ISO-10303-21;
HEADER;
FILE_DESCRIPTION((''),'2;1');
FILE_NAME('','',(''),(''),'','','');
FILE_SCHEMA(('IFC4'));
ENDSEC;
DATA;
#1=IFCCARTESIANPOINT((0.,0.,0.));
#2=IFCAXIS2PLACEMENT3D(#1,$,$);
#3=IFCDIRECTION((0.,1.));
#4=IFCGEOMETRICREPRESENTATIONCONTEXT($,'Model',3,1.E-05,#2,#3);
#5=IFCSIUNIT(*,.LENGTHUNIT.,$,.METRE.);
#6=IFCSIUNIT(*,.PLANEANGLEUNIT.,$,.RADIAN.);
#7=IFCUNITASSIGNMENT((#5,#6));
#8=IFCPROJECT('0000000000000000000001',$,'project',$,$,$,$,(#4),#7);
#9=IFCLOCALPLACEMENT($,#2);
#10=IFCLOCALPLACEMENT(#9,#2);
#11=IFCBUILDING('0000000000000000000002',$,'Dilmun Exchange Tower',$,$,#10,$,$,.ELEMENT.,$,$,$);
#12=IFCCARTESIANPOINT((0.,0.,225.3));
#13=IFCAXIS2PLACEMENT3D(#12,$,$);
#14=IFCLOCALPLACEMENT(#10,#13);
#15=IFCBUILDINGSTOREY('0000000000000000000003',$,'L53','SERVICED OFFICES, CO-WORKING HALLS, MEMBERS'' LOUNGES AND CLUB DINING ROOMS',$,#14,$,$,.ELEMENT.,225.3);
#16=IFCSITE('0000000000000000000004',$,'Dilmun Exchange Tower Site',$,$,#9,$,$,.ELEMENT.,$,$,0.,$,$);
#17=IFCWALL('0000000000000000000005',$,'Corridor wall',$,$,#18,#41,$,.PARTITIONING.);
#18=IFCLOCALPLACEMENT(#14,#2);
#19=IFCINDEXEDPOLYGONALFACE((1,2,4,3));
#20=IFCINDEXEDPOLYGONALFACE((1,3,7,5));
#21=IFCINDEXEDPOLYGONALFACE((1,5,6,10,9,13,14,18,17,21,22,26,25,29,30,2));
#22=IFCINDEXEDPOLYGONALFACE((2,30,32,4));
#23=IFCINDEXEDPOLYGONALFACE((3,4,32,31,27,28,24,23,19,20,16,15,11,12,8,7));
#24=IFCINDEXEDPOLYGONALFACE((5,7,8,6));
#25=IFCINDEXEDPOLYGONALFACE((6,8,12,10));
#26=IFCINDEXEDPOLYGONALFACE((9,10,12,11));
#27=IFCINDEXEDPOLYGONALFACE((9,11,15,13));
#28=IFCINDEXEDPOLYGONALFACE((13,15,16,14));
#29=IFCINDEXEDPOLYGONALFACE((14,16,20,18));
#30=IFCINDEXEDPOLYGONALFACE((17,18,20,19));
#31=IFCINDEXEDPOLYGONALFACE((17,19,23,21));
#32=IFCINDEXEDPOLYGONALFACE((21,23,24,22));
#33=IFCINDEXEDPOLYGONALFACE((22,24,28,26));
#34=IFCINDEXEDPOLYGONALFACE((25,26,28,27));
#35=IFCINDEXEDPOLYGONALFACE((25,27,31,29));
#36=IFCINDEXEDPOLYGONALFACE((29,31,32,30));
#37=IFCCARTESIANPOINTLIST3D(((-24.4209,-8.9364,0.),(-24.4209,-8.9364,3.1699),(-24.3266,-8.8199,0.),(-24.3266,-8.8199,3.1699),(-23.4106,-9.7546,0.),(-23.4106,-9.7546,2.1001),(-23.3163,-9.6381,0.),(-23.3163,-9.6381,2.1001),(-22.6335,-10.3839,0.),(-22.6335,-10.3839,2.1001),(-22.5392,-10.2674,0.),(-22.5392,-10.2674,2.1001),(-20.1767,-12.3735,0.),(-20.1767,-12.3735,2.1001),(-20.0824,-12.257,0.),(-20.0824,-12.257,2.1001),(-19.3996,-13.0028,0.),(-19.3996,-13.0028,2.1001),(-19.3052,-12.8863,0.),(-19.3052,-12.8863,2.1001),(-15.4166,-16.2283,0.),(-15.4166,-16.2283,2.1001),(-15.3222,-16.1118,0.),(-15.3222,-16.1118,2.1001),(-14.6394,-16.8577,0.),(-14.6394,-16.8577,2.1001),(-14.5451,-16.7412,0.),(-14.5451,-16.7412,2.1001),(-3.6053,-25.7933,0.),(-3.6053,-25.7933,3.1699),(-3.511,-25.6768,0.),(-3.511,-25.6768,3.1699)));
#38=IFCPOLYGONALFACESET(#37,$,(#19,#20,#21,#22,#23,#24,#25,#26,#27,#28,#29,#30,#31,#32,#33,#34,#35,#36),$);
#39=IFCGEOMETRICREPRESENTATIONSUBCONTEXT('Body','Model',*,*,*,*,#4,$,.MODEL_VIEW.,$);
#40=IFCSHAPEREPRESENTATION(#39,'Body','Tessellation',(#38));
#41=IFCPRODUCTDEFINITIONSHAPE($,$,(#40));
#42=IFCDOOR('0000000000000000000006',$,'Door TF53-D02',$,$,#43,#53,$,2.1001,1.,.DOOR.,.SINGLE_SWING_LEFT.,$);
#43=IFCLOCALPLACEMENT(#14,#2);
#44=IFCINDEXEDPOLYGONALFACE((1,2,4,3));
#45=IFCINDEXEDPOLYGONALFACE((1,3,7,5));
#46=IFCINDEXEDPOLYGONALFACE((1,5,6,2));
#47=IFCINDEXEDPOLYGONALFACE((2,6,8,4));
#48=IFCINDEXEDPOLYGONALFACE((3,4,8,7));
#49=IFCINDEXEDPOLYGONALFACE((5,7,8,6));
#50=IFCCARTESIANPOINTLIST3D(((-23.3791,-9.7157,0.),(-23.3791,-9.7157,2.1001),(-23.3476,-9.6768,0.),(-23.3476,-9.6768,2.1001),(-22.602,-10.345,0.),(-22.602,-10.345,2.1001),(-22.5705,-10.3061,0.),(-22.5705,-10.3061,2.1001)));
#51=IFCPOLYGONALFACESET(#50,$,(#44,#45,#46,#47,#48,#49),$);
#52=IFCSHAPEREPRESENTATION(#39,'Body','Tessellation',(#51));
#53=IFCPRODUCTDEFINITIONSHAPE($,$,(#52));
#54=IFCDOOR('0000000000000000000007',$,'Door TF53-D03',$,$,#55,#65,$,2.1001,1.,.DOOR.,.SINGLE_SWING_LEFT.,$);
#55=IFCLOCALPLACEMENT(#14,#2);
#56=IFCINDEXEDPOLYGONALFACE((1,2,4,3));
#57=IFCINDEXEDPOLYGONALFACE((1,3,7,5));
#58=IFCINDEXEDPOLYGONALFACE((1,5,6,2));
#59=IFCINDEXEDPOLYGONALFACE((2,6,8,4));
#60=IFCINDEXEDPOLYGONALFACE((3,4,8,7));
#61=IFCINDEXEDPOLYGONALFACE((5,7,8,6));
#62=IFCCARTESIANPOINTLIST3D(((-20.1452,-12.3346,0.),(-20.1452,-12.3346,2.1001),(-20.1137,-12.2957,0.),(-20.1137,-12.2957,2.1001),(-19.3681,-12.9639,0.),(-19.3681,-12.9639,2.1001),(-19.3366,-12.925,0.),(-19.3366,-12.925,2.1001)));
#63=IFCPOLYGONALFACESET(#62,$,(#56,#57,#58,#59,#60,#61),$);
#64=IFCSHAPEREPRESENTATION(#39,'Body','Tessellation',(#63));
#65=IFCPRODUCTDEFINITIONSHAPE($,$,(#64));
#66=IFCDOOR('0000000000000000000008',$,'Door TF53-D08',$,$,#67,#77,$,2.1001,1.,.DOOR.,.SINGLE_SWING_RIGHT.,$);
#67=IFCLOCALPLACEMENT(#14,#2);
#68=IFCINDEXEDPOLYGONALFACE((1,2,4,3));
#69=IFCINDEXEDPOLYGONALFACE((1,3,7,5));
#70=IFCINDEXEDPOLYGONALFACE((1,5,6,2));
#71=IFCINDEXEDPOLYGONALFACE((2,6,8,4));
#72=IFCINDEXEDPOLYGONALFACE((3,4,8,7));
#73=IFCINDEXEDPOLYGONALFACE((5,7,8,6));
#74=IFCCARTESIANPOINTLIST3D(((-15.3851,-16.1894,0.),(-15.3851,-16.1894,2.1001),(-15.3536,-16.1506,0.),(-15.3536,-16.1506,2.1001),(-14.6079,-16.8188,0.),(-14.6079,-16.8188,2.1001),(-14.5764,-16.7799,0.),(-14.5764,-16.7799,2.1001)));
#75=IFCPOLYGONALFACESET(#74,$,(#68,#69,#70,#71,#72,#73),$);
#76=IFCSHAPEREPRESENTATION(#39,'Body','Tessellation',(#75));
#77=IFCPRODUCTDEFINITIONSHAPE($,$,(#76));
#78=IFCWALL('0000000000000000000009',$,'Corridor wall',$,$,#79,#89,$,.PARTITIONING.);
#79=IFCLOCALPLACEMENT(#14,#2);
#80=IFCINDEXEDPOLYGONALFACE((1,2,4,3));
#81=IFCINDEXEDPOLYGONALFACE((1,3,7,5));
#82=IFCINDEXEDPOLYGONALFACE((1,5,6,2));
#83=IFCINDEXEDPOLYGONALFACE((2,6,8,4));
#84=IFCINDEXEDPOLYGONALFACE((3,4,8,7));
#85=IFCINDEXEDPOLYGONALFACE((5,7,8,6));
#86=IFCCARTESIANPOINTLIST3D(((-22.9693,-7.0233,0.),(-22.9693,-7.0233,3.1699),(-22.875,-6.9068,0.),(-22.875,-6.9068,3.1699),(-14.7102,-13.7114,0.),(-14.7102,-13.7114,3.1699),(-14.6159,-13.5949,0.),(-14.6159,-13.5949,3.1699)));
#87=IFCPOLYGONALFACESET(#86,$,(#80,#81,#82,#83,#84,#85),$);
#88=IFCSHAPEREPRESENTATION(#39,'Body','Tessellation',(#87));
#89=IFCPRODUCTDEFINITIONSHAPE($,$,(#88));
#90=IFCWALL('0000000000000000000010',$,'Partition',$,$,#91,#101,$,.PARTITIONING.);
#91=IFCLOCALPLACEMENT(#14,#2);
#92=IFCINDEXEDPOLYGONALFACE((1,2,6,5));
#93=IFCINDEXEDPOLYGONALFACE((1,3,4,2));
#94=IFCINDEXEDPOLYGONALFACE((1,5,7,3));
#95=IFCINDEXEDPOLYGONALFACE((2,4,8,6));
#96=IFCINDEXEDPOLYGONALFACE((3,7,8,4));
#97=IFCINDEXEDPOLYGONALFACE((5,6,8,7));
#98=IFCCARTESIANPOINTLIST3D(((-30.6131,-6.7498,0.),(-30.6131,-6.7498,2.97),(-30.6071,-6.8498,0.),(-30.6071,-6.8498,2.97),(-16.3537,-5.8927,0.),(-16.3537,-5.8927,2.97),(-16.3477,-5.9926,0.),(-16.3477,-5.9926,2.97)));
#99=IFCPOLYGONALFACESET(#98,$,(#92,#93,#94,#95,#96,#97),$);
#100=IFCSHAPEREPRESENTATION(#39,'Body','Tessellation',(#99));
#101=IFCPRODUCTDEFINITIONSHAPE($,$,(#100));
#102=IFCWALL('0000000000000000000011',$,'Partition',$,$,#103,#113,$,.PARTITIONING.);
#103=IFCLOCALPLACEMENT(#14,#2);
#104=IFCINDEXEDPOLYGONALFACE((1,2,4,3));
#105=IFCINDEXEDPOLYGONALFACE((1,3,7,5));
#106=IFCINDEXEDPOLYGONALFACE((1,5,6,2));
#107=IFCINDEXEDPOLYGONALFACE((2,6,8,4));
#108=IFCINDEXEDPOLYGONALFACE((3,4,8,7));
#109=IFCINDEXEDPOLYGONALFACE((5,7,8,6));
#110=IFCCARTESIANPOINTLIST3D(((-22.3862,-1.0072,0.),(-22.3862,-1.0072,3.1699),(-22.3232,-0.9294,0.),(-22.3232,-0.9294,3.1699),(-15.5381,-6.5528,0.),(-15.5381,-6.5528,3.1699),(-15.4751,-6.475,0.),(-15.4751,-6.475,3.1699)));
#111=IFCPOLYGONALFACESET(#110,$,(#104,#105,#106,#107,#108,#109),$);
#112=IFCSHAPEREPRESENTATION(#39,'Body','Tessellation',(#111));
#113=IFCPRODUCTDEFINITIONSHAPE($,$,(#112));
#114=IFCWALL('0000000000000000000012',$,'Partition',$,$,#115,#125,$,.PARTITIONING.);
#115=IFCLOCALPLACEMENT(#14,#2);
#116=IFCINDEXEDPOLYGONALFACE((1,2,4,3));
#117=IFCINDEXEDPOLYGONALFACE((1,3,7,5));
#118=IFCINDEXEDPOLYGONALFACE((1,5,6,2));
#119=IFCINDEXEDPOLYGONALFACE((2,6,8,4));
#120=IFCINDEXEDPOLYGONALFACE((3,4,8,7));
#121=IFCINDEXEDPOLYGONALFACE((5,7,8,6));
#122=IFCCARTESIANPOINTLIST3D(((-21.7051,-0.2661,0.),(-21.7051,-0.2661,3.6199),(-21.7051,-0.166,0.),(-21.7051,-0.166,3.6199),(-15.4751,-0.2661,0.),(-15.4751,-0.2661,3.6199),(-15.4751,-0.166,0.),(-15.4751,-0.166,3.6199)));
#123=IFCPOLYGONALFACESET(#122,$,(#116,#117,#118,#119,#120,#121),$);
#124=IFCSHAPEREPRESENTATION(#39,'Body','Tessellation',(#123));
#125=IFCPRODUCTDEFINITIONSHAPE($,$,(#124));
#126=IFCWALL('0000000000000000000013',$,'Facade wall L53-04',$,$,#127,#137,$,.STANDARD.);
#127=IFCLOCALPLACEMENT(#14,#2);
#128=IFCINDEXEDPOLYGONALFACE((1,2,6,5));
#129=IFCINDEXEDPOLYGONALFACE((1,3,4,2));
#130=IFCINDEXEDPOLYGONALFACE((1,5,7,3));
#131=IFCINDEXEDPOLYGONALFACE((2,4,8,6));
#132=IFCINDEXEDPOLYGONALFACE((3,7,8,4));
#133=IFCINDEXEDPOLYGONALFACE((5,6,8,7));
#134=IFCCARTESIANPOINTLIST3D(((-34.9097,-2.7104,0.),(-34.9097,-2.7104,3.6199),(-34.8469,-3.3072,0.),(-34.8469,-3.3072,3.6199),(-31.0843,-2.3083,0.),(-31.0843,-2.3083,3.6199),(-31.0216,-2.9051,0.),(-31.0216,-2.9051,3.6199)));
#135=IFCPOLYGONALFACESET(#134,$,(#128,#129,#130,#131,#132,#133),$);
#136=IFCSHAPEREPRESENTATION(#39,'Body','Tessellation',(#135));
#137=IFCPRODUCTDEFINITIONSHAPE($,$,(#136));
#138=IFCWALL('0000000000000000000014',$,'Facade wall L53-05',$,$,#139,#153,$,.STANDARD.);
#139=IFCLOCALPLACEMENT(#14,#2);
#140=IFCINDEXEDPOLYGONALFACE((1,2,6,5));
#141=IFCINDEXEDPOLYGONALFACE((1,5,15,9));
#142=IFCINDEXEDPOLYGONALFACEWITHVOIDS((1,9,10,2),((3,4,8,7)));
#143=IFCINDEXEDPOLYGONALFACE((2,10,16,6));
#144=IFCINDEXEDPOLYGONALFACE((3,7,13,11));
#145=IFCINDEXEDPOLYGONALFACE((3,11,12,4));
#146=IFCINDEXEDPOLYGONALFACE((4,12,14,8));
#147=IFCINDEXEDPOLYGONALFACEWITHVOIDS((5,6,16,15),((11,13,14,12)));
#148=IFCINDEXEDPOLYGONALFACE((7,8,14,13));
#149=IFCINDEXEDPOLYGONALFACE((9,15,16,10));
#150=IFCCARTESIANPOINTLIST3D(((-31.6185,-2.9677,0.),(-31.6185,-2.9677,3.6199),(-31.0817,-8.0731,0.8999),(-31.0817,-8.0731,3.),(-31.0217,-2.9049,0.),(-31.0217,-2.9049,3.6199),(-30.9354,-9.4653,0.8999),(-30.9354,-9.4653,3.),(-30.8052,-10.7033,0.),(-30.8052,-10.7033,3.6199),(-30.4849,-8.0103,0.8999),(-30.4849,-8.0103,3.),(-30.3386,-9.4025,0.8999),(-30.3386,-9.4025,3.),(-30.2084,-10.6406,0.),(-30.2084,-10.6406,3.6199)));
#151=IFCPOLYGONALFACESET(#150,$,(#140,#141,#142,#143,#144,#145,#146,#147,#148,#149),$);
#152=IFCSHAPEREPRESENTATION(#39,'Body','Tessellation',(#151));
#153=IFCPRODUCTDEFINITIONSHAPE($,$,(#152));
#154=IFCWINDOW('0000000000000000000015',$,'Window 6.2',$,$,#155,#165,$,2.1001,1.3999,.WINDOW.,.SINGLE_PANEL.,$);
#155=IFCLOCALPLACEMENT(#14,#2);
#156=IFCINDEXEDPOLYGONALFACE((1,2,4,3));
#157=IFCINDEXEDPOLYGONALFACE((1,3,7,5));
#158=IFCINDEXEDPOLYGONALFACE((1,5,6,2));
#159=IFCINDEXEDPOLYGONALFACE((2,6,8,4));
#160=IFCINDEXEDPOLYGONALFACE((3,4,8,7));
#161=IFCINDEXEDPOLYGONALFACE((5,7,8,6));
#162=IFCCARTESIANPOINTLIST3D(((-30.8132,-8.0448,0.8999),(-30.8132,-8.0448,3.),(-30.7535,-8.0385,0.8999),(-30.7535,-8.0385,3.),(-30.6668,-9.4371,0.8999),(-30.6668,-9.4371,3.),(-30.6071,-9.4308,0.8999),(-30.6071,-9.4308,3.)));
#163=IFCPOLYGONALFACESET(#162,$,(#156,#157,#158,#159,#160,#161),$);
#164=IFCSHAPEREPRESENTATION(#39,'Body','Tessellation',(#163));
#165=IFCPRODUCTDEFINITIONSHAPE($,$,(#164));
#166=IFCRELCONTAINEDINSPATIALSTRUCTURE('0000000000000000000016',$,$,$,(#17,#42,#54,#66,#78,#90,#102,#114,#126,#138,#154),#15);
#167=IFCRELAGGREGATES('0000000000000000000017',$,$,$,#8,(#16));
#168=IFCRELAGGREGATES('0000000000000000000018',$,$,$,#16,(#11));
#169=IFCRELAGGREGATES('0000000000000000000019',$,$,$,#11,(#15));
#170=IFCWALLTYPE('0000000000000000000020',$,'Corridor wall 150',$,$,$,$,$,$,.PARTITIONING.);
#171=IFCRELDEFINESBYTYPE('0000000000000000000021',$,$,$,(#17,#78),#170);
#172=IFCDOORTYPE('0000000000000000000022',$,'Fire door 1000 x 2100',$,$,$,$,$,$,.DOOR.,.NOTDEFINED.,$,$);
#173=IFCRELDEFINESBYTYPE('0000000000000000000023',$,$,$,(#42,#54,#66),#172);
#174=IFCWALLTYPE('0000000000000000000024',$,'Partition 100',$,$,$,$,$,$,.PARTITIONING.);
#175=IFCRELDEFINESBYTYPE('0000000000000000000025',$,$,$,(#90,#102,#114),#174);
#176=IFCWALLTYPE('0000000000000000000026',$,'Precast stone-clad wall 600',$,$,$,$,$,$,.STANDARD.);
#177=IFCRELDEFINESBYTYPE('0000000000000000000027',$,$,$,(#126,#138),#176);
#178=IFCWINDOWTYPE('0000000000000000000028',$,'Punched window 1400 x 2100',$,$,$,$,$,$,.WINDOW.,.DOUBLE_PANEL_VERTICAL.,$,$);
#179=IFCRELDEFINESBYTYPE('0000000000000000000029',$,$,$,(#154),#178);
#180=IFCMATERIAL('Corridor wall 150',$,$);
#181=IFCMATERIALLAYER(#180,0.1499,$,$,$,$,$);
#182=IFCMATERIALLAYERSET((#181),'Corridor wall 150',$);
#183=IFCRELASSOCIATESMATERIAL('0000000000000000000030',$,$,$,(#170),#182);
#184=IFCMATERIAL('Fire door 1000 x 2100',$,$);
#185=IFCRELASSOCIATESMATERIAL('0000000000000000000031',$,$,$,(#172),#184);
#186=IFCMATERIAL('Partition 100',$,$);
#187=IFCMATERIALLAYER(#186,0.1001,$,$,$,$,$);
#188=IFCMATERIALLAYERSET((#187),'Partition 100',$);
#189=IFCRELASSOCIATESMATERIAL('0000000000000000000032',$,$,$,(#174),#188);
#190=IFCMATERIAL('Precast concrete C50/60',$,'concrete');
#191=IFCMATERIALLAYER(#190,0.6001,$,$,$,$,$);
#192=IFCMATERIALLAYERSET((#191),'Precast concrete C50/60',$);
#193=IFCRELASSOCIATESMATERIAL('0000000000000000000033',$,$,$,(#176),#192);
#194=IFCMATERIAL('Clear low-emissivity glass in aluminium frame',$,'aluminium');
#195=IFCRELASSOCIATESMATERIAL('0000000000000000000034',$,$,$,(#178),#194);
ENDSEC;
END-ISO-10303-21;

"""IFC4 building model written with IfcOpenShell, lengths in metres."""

from ifc_helpers import new_model, si_unit, direction, frame, frame_2d, origin, place, context, subcontext, project, spatial, rectangle, extrude, material, layer, layer_set, type_object, element, fill, save


model = new_model("IFC4")

# Units and contexts
model_context = context("Model", 3, precision=1e-05, world=origin(), true_north=direction((0.0, 1.0)))
body_context = subcontext(model_context, "Body", "Model", "MODEL_VIEW")
ifc_project = project(units=[si_unit("LENGTHUNIT", "METRE"), si_unit("PLANEANGLEUNIT", "RADIAN")], contexts=[model_context])

# Site, building, storey
site_placement = place(None, origin())
site = spatial("IfcSite", under=ifc_project, at=site_placement, Name="Dilmun Exchange Tower Site", CompositionType="ELEMENT", RefElevation=0.0)
building_placement = place(site_placement, origin())
building = spatial("IfcBuilding", under=site, at=building_placement, Name="Dilmun Exchange Tower", CompositionType="ELEMENT")
storey_placement = place(building_placement, frame((0.0, 0.0, 225.3)))
storey = spatial("IfcBuildingStorey", under=building, at=storey_placement, Name="L53", Description="SERVICED OFFICES, CO-WORKING HALLS, MEMBERS' LOUNGES AND CLUB DINING ROOMS", CompositionType="ELEMENT", Elevation=225.3)

# Shared definitions
ifc_material_1 = material(Name="Corridor wall 150")
ifc_layer_1 = layer(ifc_material_1, 0.1499)
ifc_layer_set_1 = layer_set([ifc_layer_1], Name="Corridor wall 150")
wall_type_1 = type_object("IfcWallType", Name="Corridor wall 150", PredefinedType="PARTITIONING", material=ifc_layer_set_1)
ifc_material_2 = material(Name="Fire door 1000 x 2100")
door_type_1 = type_object("IfcDoorType", Name="Fire door 1000 x 2100", OperationType="NOTDEFINED", PredefinedType="DOOR", material=ifc_material_2)

# Wall, openings, doors
wall_1_placement = place(storey_placement, frame((-24.3738, -8.8782, 0.0), z_axis=(0.0, 0.0, 1.0), x_axis=(0.777133, -0.629337, 0.0)))
wall_1 = element("IfcWall", 1, at=wall_1_placement, inside=storey, type_object=wall_type_1, Name="Corridor wall", PredefinedType="PARTITIONING", context=body_context, shape_type="SweptSolid", body=[
    extrude(rectangle(XDim=26.7852, YDim=0.1499, at=frame_2d((13.3926, 0.0))), origin(), (0.0, 0.0, 1.0), 3.1699),
])
opening_1_placement = place(wall_1_placement, frame((1.3, 0.0, 0.0)))
opening_1 = element("IfcOpeningElement", 2, at=opening_1_placement, cuts=wall_1, PredefinedType="OPENING", context=body_context, shape_type="SweptSolid", body=[
    extrude(rectangle(XDim=1.0, YDim=2.1001, at=frame_2d((0.5, 1.05))), frame((0.0, 0.085, 0.0), z_axis=(0.0, -1.0, 0.0), x_axis=(1.0, 0.0, 0.0)), (0.0, 0.0, 1.0), 0.1699),
])
opening_2_placement = place(wall_1_placement, frame((5.4614, 0.0, 0.0)))
opening_2 = element("IfcOpeningElement", 3, at=opening_2_placement, cuts=wall_1, PredefinedType="OPENING", context=body_context, shape_type="SweptSolid", body=[
    extrude(rectangle(XDim=1.0, YDim=2.1001, at=frame_2d((0.5, 1.05))), frame((0.0, 0.085, 0.0), z_axis=(0.0, -1.0, 0.0), x_axis=(1.0, 0.0, 0.0)), (0.0, 0.0, 1.0), 0.1699),
])
opening_3_placement = place(wall_1_placement, frame((11.5867, 0.0, 0.0)))
opening_3 = element("IfcOpeningElement", 4, at=opening_3_placement, cuts=wall_1, PredefinedType="OPENING", context=body_context, shape_type="SweptSolid", body=[
    extrude(rectangle(XDim=1.0, YDim=2.1001, at=frame_2d((0.5, 1.05))), frame((0.0, 0.085, 0.0), z_axis=(0.0, -1.0, 0.0), x_axis=(1.0, 0.0, 0.0)), (0.0, 0.0, 1.0), 0.1699),
])
door_1_placement = place(opening_1_placement, frame((1.0, 0.0, 0.0), z_axis=(0.0, 0.0, 1.0), x_axis=(-1.0, 0.0, 0.0)))
door_1 = element("IfcDoor", 5, at=door_1_placement, inside=storey, type_object=door_type_1, Name="Door TF53-D02", OperationType="SINGLE_SWING_LEFT", OverallHeight=2.1001, OverallWidth=1.0, PredefinedType="DOOR", context=body_context, shape_type="SweptSolid", body=[
    extrude(rectangle(XDim=1.0, YDim=2.1001, at=frame_2d((0.5, 1.05))), frame((0.0, 0.0249, 0.0), z_axis=(0.0, -1.0, 0.0), x_axis=(1.0, 0.0, 0.0)), (0.0, 0.0, 1.0), 0.05),
])
fill(opening_1, door_1)
door_2_placement = place(opening_2_placement, frame((1.0, 0.0, 0.0), z_axis=(0.0, 0.0, 1.0), x_axis=(-1.0, 0.0, 0.0)))
door_2 = element("IfcDoor", 6, at=door_2_placement, inside=storey, type_object=door_type_1, Name="Door TF53-D03", OperationType="SINGLE_SWING_LEFT", OverallHeight=2.1001, OverallWidth=1.0, PredefinedType="DOOR", context=body_context, shape_type="SweptSolid", body=[
    extrude(rectangle(XDim=1.0, YDim=2.1001, at=frame_2d((0.5, 1.05))), frame((0.0, 0.0249, 0.0), z_axis=(0.0, -1.0, 0.0), x_axis=(1.0, 0.0, 0.0)), (0.0, 0.0, 1.0), 0.05),
])
fill(opening_2, door_2)
door_3_placement = place(opening_3_placement, frame((1.0, 0.0, 0.0), z_axis=(0.0, 0.0, 1.0), x_axis=(-1.0, 0.0, 0.0)))
door_3 = element("IfcDoor", 7, at=door_3_placement, inside=storey, type_object=door_type_1, Name="Door TF53-D08", OperationType="SINGLE_SWING_RIGHT", OverallHeight=2.1001, OverallWidth=1.0, PredefinedType="DOOR", context=body_context, shape_type="SweptSolid", body=[
    extrude(rectangle(XDim=1.0, YDim=2.1001, at=frame_2d((0.5, 1.05))), frame((0.0, 0.0249, 0.0), z_axis=(0.0, -1.0, 0.0), x_axis=(1.0, 0.0, 0.0)), (0.0, 0.0, 1.0), 0.05),
])
fill(opening_3, door_3)

# Walls
wall_2_placement = place(storey_placement, frame((-22.9221, -6.9651, 0.0), z_axis=(0.0, 0.0, 1.0), x_axis=(0.777148, -0.629318, 0.0)))
element("IfcWall", 8, at=wall_2_placement, inside=storey, type_object=wall_type_1, Name="Corridor wall", PredefinedType="PARTITIONING", context=body_context, shape_type="SweptSolid", body=[
    extrude(rectangle(XDim=10.6274, YDim=0.1499, at=frame_2d((5.3137, 0.0))), origin(), (0.0, 0.0, 1.0), 3.1699),
])
ifc_material_3 = material(Name="Partition 100")
ifc_layer_2 = layer(ifc_material_3, 0.1001)
ifc_layer_set_2 = layer_set([ifc_layer_2], Name="Partition 100")
wall_type_2 = type_object("IfcWallType", Name="Partition 100", PredefinedType="PARTITIONING", material=ifc_layer_set_2)
wall_3_placement = place(storey_placement, frame((-30.6101, -6.7998, 0.0), z_axis=(0.0, 0.0, 1.0), x_axis=(0.998198, 0.060004, 0.0)))
element("IfcWall", 9, at=wall_3_placement, inside=storey, type_object=wall_type_2, Name="Partition", PredefinedType="PARTITIONING", context=body_context, shape_type="SweptSolid", body=[
    extrude(rectangle(XDim=14.2852, YDim=0.1001, at=frame_2d((7.1426, 0.0))), origin(), (0.0, 0.0, 1.0), 2.97),
])
wall_4_placement = place(storey_placement, frame((-22.3547, -0.9683, 0.0), z_axis=(0.0, 0.0, 1.0), x_axis=(0.777138, -0.62933, 0.0)))
element("IfcWall", 10, at=wall_4_placement, inside=storey, type_object=wall_type_2, Name="Partition", PredefinedType="PARTITIONING", context=body_context, shape_type="SweptSolid", body=[
    extrude(rectangle(XDim=8.812, YDim=0.1001, at=frame_2d((4.406, 0.0))), origin(), (0.0, 0.0, 1.0), 3.1699),
])
wall_5_placement = place(storey_placement, frame((-21.7051, -0.2161, 0.0), z_axis=(0.0, 0.0, 1.0), x_axis=(1.0, 0.0, 0.0)))
element("IfcWall", 11, at=wall_5_placement, inside=storey, type_object=wall_type_2, Name="Partition", PredefinedType="PARTITIONING", context=body_context, shape_type="SweptSolid", body=[
    extrude(rectangle(XDim=6.23, YDim=0.1001, at=frame_2d((3.115, 0.0))), origin(), (0.0, 0.0, 1.0), 3.6199),
])
ifc_material_4 = material(Name="Precast concrete C50/60", Category="concrete")
ifc_layer_3 = layer(ifc_material_4, 0.6001)
ifc_layer_set_3 = layer_set([ifc_layer_3], Name="Precast concrete C50/60")
wall_type_3 = type_object("IfcWallType", Name="Precast stone-clad wall 600", PredefinedType="STANDARD", material=ifc_layer_set_3)
wall_6_placement = place(storey_placement, frame((-34.8784, -3.0088, 0.0), z_axis=(0.0, 0.0, 1.0), x_axis=(0.994521, 0.104536, 0.0)))
element("IfcWall", 12, at=wall_6_placement, inside=storey, type_object=wall_type_3, Name="Facade wall L53-04", PredefinedType="STANDARD", context=body_context, shape_type="SweptSolid", body=[
    extrude(rectangle(XDim=3.8464, YDim=0.6001, at=frame_2d((1.9233, 0.0))), origin(), (0.0, 0.0, 1.0), 3.6199),
])

# Wall, opening, window
wall_7_placement = place(storey_placement, frame((-31.3201, -2.9363, 0.0), z_axis=(0.0, 0.0, 1.0), x_axis=(0.104552, -0.994519, 0.0)))
wall_7 = element("IfcWall", 13, at=wall_7_placement, inside=storey, type_object=wall_type_3, Name="Facade wall L53-05", PredefinedType="STANDARD", context=body_context, shape_type="SweptSolid", body=[
    extrude(rectangle(XDim=7.7783, YDim=0.6001, at=frame_2d((3.8892, 0.0))), origin(), (0.0, 0.0, 1.0), 3.6199),
])
opening_4_placement = place(wall_7_placement, frame((5.1335, 0.0, 0.8999)))
opening_4 = element("IfcOpeningElement", 14, at=opening_4_placement, cuts=wall_7, PredefinedType="OPENING", context=body_context, shape_type="SweptSolid", body=[
    extrude(rectangle(XDim=1.3999, YDim=2.1001, at=frame_2d((0.7, 1.05))), frame((0.0, 0.3101, 0.0), z_axis=(0.0, -1.0, 0.0), x_axis=(1.0, 0.0, 0.0)), (0.0, 0.0, 1.0), 0.6201),
])
ifc_material_5 = material(Name="Clear low-emissivity glass in aluminium frame", Category="aluminium")
window_type = type_object("IfcWindowType", Name="Punched window 1400 x 2100", PartitioningType="DOUBLE_PANEL_VERTICAL", PredefinedType="WINDOW", material=ifc_material_5)
window_placement = place(opening_4_placement, origin())
window = element("IfcWindow", 15, at=window_placement, inside=storey, type_object=window_type, Name="Window 6.2", OverallHeight=2.1001, OverallWidth=1.3999, PartitioningType="SINGLE_PANEL", PredefinedType="WINDOW", context=body_context, shape_type="SweptSolid", body=[
    extrude(rectangle(XDim=1.3999, YDim=2.1001, at=frame_2d((0.7, 1.05))), frame((0.0, 0.03, 0.0), z_axis=(0.0, -1.0, 0.0), x_axis=(1.0, 0.0, 0.0)), (0.0, 0.0, 1.0), 0.0601),
])
fill(opening_4, window)

save(model, "model.ifc")
